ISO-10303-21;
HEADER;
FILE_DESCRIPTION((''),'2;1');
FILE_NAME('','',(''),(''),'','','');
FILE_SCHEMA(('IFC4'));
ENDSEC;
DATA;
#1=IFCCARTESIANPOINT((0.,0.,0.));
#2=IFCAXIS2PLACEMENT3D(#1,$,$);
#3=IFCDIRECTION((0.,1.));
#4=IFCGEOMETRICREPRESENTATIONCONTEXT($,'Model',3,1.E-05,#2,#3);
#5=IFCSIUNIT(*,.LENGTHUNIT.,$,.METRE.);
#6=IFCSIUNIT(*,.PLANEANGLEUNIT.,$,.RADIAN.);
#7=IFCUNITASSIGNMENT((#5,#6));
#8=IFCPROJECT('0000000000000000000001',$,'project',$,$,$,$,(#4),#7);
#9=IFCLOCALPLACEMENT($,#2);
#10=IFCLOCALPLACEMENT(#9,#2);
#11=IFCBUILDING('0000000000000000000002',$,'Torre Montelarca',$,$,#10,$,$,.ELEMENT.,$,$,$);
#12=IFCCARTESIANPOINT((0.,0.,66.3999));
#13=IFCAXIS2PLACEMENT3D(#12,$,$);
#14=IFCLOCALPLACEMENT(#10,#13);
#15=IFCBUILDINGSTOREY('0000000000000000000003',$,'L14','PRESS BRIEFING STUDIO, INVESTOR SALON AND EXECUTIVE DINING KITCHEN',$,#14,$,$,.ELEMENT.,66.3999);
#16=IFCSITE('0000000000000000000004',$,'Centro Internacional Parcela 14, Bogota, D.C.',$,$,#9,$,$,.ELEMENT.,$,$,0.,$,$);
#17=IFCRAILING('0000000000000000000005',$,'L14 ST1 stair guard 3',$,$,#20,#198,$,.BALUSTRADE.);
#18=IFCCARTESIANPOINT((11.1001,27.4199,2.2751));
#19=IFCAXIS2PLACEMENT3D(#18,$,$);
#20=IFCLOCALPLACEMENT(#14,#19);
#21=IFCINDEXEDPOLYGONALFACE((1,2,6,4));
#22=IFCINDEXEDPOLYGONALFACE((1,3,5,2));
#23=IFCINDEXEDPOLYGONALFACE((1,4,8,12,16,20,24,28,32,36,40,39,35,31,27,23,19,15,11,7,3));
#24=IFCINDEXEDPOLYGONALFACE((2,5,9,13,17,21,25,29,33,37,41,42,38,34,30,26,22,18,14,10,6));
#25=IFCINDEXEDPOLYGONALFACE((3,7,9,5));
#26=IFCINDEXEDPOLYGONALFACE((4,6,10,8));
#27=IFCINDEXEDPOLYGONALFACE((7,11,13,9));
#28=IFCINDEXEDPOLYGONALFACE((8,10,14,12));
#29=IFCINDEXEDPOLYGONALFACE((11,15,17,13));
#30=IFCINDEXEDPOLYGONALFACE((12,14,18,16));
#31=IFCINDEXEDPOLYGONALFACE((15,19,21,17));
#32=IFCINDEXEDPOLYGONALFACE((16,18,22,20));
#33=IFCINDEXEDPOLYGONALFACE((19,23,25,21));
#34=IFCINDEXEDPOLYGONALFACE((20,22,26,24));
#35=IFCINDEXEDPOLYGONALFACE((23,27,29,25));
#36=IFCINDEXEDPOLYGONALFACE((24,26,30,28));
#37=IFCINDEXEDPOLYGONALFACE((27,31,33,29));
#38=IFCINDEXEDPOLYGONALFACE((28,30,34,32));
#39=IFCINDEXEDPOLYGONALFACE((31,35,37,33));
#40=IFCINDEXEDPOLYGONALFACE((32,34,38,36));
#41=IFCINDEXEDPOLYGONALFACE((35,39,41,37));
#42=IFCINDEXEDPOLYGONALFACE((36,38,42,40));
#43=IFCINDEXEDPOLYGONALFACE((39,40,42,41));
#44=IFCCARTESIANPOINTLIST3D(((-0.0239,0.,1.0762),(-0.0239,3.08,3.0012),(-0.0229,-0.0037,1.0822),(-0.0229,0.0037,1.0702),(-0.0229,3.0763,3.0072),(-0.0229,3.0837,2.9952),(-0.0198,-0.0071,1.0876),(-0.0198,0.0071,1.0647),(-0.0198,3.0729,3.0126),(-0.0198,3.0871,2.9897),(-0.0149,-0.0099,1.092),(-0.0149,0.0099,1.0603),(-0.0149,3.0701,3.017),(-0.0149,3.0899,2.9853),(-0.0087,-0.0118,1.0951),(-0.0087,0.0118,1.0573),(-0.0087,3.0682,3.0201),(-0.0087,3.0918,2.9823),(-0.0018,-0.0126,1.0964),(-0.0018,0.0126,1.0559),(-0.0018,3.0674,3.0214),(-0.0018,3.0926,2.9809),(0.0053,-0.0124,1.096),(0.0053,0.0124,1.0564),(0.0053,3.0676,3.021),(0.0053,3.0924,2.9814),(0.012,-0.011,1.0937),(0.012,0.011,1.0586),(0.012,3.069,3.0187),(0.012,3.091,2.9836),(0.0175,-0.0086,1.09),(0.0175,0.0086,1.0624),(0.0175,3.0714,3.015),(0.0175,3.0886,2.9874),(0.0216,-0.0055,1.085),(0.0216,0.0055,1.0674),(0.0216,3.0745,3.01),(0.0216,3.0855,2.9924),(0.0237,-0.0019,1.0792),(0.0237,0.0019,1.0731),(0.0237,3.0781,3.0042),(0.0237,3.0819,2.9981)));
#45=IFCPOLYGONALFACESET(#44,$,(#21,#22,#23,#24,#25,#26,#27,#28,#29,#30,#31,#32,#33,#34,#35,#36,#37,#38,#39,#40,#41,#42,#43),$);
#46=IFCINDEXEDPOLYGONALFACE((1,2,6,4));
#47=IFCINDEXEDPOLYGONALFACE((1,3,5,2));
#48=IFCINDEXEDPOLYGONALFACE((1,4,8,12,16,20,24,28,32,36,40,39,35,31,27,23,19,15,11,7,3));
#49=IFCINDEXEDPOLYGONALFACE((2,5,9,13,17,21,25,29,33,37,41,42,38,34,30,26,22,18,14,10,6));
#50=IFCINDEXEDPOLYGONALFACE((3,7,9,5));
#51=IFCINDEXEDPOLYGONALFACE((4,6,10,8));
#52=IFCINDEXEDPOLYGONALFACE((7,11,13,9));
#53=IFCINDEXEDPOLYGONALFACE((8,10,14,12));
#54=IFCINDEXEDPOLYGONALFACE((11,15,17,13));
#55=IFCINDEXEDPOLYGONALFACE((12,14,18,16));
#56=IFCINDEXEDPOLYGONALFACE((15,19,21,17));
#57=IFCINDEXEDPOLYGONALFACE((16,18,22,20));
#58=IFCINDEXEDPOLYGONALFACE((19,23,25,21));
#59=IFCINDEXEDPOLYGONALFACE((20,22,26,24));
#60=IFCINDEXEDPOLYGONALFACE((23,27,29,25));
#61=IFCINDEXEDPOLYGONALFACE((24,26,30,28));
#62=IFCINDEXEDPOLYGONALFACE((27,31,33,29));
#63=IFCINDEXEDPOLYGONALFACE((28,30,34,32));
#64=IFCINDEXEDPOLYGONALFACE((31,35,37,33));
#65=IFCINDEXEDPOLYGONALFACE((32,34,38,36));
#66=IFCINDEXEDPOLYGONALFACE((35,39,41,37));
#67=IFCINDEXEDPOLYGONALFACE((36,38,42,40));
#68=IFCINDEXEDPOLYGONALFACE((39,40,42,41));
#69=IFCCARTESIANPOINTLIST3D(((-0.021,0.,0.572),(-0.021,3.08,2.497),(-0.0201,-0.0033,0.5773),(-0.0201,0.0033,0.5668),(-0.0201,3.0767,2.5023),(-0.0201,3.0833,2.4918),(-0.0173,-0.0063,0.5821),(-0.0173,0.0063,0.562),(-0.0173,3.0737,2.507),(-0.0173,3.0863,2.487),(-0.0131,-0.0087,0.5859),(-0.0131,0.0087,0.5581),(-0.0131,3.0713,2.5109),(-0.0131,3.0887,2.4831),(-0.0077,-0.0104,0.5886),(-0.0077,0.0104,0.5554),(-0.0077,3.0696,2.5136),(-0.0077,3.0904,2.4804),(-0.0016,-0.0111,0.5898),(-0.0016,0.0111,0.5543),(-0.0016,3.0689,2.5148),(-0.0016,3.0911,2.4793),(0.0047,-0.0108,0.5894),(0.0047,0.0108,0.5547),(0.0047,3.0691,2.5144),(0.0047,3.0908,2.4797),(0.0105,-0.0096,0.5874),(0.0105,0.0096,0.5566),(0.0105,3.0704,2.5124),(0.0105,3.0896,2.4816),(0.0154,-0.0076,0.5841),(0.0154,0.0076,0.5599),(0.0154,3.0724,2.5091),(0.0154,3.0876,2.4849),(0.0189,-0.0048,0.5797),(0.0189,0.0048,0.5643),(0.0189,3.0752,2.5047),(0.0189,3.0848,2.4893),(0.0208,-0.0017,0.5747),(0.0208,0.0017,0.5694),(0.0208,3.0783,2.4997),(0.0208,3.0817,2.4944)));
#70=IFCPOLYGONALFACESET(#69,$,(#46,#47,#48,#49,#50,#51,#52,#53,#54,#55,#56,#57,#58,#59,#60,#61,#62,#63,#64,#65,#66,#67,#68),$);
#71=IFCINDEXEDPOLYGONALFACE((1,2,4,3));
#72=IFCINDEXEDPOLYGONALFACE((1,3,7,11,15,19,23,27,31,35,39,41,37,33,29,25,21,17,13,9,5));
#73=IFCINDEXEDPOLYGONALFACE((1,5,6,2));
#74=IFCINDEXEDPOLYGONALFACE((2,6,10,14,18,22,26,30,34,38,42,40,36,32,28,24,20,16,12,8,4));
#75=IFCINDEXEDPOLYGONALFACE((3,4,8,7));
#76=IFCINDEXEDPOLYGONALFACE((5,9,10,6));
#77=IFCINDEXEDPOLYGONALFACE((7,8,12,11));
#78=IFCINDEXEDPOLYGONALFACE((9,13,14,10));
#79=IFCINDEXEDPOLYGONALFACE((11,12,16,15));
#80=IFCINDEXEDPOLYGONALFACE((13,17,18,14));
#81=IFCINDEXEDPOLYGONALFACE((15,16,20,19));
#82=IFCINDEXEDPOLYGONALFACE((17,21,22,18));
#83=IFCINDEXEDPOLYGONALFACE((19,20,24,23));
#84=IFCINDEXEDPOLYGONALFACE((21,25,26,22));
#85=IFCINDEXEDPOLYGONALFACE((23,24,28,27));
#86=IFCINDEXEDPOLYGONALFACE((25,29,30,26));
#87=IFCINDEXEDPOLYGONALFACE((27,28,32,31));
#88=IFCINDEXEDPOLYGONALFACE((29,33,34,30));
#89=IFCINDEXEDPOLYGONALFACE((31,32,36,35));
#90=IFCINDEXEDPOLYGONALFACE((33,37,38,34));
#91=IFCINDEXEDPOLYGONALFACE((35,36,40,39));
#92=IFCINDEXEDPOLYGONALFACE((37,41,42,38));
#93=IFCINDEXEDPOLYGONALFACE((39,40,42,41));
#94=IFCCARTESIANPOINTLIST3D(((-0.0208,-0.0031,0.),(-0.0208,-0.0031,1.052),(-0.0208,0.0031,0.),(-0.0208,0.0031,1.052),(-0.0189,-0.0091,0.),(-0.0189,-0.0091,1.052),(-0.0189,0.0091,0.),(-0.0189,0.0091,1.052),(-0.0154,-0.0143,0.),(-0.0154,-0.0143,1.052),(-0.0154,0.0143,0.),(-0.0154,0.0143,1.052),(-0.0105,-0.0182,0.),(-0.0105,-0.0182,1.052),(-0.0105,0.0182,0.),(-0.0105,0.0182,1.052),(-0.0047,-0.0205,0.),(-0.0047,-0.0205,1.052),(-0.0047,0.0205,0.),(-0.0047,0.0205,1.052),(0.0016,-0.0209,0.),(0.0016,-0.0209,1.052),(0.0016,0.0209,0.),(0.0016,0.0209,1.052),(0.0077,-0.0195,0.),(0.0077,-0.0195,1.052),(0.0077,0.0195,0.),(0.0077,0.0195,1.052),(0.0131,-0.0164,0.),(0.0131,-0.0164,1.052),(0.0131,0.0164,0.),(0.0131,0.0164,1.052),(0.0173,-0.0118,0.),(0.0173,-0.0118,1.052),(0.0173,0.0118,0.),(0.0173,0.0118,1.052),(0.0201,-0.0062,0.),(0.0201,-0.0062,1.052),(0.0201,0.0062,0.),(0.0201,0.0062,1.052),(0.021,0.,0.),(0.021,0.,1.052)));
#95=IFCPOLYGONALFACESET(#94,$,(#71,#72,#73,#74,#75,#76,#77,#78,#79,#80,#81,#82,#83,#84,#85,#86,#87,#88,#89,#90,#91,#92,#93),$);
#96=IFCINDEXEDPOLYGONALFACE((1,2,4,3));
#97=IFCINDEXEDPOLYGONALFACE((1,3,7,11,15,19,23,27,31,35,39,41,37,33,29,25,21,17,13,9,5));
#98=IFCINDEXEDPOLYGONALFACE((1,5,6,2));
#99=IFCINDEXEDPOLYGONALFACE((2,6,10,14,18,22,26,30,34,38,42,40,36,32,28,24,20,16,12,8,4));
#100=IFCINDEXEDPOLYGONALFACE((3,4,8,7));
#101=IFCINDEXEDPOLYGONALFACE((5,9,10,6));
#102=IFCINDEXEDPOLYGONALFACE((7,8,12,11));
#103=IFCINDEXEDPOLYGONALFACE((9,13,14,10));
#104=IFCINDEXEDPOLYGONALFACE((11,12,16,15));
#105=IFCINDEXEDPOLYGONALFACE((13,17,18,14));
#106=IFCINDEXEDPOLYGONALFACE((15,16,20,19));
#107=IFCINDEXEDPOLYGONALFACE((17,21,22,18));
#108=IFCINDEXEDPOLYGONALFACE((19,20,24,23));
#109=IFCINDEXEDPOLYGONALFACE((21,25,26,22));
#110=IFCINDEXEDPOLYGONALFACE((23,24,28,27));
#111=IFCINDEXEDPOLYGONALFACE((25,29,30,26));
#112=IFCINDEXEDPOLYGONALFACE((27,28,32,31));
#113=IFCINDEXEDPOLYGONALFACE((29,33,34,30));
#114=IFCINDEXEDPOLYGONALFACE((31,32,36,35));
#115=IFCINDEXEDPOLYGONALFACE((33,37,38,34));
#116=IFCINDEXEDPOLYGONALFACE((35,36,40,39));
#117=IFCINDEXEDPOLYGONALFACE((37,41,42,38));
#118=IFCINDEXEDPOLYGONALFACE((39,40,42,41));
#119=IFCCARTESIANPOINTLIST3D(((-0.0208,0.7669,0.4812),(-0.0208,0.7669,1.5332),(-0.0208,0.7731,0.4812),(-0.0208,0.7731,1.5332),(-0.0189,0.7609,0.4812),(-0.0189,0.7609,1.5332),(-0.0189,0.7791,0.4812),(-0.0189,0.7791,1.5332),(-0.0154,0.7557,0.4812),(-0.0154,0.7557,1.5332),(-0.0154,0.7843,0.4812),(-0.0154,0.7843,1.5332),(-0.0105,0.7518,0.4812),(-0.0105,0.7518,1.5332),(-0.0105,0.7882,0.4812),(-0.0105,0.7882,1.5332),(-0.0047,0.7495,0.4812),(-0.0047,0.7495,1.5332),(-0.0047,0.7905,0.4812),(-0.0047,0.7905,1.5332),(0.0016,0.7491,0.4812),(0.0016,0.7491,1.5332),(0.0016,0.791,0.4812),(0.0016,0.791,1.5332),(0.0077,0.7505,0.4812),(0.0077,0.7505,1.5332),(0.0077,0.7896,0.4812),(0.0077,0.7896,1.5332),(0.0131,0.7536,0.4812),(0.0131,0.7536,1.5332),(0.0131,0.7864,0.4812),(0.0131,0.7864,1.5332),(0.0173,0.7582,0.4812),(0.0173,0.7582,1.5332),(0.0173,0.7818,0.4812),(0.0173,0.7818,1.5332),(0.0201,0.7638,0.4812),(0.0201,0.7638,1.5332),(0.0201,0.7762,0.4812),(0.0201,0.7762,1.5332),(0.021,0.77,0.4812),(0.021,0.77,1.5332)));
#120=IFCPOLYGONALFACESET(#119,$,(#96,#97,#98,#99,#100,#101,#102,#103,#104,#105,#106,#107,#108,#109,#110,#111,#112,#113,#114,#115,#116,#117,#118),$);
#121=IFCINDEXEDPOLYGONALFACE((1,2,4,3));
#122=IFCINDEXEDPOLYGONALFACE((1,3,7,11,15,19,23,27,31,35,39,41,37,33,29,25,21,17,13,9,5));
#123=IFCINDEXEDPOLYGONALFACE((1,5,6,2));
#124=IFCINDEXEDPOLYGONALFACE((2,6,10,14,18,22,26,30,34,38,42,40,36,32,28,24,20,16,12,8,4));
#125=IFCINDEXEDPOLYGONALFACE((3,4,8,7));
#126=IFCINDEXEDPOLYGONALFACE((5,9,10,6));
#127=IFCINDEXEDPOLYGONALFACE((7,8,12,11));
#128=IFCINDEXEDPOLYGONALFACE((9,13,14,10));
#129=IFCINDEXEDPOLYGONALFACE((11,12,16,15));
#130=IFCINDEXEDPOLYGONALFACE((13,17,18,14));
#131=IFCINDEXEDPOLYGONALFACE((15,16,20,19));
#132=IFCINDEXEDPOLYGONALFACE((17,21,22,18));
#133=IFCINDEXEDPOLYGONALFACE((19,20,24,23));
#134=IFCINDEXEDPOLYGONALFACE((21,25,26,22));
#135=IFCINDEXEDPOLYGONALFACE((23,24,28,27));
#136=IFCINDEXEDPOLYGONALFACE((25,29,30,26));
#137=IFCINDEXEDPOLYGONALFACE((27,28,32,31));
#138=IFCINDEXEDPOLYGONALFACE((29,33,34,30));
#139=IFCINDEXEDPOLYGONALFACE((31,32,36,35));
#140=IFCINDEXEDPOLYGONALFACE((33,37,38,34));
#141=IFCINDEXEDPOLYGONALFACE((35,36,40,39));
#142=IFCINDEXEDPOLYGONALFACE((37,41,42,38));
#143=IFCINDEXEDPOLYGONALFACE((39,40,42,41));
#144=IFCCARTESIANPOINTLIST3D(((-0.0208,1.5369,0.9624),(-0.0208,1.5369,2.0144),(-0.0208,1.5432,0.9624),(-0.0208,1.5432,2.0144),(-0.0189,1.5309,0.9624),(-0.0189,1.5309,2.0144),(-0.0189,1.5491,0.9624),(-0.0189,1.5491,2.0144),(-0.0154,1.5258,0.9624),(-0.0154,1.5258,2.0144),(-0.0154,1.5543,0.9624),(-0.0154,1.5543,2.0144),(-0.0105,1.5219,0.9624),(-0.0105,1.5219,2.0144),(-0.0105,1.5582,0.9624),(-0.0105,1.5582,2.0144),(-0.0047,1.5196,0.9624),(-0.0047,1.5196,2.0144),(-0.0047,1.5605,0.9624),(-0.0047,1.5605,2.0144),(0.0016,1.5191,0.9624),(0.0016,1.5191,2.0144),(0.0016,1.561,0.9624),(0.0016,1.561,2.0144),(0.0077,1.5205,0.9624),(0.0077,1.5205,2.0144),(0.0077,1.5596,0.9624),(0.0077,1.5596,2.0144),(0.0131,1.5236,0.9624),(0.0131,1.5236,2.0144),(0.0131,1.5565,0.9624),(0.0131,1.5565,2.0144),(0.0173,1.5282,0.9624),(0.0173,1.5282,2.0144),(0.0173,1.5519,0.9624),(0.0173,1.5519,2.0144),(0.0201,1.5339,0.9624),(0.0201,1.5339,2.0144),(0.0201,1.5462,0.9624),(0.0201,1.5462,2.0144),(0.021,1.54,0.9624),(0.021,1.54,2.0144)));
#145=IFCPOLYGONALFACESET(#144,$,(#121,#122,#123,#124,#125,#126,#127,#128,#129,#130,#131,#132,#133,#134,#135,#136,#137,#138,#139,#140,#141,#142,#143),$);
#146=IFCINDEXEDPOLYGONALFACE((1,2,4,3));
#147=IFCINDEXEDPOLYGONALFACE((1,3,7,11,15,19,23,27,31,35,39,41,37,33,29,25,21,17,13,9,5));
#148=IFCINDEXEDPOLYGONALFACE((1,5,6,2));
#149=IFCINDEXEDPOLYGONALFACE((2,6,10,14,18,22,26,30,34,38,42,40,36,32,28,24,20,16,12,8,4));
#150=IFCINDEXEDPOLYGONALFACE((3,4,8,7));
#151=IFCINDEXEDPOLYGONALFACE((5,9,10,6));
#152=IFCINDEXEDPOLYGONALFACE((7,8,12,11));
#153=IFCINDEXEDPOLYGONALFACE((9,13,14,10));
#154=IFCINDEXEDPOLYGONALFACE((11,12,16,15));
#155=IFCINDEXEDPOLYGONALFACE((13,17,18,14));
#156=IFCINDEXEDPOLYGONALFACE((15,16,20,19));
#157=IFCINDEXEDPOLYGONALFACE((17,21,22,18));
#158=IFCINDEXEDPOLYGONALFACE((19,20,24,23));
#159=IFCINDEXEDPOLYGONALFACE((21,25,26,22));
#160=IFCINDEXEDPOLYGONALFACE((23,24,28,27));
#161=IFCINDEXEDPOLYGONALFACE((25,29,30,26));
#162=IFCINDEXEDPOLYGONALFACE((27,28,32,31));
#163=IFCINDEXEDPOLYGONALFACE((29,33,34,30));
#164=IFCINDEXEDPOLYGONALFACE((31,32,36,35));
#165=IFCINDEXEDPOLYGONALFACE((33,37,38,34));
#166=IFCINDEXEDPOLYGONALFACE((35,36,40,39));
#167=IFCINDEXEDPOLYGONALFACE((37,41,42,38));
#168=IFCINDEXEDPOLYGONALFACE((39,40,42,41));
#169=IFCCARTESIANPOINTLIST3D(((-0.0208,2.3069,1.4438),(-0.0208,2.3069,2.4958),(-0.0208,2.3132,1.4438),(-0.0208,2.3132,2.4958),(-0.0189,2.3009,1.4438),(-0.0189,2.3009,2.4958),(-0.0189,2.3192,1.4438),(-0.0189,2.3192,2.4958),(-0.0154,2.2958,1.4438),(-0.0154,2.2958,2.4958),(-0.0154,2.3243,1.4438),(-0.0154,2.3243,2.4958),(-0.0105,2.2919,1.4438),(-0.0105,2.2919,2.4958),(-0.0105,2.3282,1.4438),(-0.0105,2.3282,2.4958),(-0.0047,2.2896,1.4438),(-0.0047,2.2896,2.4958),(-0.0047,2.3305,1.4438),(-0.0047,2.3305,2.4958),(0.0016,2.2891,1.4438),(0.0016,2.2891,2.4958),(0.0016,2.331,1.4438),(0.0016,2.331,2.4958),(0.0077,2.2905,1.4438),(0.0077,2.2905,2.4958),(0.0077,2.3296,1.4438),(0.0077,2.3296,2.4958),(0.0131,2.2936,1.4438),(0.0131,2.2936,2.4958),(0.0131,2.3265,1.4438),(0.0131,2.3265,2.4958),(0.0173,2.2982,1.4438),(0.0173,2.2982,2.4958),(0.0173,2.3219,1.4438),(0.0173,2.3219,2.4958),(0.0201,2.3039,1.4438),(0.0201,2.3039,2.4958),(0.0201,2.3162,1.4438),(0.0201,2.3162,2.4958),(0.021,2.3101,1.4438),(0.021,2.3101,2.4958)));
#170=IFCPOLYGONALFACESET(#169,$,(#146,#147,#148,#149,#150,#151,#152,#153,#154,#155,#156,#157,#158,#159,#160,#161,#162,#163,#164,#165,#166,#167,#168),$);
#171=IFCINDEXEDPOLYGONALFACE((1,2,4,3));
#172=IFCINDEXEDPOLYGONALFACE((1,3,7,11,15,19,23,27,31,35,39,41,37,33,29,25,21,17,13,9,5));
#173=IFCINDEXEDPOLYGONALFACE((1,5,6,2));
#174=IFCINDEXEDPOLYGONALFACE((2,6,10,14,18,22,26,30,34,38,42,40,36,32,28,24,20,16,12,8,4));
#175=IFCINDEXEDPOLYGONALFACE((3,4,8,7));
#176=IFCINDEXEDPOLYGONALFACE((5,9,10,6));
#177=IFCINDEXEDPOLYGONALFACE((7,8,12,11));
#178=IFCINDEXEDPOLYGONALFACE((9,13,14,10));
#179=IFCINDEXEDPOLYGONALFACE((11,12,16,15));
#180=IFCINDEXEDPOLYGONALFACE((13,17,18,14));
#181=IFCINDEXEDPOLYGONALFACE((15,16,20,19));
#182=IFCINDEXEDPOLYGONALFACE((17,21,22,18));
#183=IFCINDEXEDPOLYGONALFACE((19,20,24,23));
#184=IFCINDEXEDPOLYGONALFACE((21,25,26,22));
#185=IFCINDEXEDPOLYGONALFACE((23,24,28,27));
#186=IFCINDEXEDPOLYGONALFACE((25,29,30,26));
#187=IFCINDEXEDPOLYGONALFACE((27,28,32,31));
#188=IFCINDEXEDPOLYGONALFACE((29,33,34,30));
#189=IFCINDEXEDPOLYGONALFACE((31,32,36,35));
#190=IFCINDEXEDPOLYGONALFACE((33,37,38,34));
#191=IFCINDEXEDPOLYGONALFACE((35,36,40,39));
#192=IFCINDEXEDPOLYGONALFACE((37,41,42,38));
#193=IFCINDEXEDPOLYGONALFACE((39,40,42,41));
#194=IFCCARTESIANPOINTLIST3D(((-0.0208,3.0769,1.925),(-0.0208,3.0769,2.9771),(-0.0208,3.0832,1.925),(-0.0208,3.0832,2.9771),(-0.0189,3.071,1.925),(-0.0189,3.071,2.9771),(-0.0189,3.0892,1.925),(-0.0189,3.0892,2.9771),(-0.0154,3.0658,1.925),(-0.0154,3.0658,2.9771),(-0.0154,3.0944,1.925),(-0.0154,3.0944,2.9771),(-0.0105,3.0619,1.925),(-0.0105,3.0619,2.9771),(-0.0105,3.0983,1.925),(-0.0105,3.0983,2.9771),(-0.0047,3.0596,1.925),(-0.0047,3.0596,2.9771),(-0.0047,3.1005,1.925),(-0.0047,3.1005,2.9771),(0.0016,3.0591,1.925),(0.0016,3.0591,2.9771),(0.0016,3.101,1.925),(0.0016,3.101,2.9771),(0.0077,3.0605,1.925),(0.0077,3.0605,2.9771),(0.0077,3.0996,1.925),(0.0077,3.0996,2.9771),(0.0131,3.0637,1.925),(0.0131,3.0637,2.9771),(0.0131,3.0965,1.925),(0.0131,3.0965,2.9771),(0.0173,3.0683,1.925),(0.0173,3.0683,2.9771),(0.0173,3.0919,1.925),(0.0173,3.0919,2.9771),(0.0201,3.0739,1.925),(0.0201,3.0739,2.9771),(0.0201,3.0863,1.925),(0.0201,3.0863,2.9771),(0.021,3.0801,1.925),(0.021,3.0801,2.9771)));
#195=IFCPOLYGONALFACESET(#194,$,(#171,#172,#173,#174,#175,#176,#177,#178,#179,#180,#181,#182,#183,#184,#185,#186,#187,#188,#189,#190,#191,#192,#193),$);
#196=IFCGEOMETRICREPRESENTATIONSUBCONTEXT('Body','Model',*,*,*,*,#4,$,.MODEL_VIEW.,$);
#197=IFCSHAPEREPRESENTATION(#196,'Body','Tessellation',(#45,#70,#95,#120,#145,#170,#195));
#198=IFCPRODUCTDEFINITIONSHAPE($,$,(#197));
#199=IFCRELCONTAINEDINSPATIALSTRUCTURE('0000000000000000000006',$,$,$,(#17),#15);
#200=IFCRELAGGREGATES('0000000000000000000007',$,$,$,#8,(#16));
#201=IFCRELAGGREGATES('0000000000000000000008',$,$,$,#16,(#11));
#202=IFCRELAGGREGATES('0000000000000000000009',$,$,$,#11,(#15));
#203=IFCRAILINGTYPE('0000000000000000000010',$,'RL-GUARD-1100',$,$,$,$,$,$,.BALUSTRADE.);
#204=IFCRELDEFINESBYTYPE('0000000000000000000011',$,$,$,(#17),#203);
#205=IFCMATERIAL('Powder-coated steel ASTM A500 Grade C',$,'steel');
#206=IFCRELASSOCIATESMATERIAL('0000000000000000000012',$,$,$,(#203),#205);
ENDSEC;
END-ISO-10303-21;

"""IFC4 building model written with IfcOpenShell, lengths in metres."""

from ifc_helpers import new_model, si_unit, direction, frame, origin, origin_2d, place, context, subcontext, project, spatial, circle, extrude, material, type_object, element, save


model = new_model("IFC4")

# Units and contexts
model_context = context("Model", 3, precision=1e-05, world=origin(), true_north=direction((0.0, 1.0)))
body_context = subcontext(model_context, "Body", "Model", "MODEL_VIEW")
ifc_project = project(units=[si_unit("LENGTHUNIT", "METRE"), si_unit("PLANEANGLEUNIT", "RADIAN")], contexts=[model_context])

# Site, building, storey
site_placement = place(None, origin())
site = spatial("IfcSite", under=ifc_project, at=site_placement, Name="Centro Internacional Parcela 14, Bogota, D.C.", CompositionType="ELEMENT", RefElevation=0.0)
building_placement = place(site_placement, origin())
building = spatial("IfcBuilding", under=site, at=building_placement, Name="Torre Montelarca", CompositionType="ELEMENT")
storey_placement = place(building_placement, frame((0.0, 0.0, 66.3999)))
storey = spatial("IfcBuildingStorey", under=building, at=storey_placement, Name="L14", Description="PRESS BRIEFING STUDIO, INVESTOR SALON AND EXECUTIVE DINING KITCHEN", CompositionType="ELEMENT", Elevation=66.3999)

# Railing
ifc_material_1 = material(Name="Powder-coated steel ASTM A500 Grade C", Category="steel")
railing_type_1 = type_object("IfcRailingType", Name="RL-GUARD-1100", PredefinedType="BALUSTRADE", material=ifc_material_1)
railing_1_placement = place(storey_placement, frame((11.1001, 27.4199, 2.2751)))
element("IfcRailing", 1, at=railing_1_placement, inside=storey, type_object=railing_type_1, Name="L14 ST1 stair guard 3", PredefinedType="BALUSTRADE", context=body_context, shape_type="SweptSolid", body=[
    extrude(circle(Radius=0.0239, at=origin_2d()), frame((0.0, 0.0, 1.0762), z_axis=(0.0, 0.847998, 0.529999), x_axis=(-1.0, 0.0, 0.0)), (0.0, 0.0, 1.0), 3.6321),
    extrude(circle(Radius=0.021, at=origin_2d()), frame((0.0, 0.0, 0.572), z_axis=(0.0, 0.847998, 0.529999), x_axis=(-1.0, 0.0, 0.0)), (0.0, 0.0, 1.0), 3.6321),
    extrude(circle(Radius=0.021, at=origin_2d()), origin(), (0.0, 0.0, 1.0), 1.052),
    extrude(circle(Radius=0.021, at=origin_2d()), frame((0.0, 0.77, 0.4812)), (0.0, 0.0, 1.0), 1.052),
    extrude(circle(Radius=0.021, at=origin_2d()), frame((0.0, 1.54, 0.9624)), (0.0, 0.0, 1.0), 1.052),
    extrude(circle(Radius=0.021, at=origin_2d()), frame((0.0, 2.3101, 1.4438)), (0.0, 0.0, 1.0), 1.052),
    extrude(circle(Radius=0.021, at=origin_2d()), frame((0.0, 3.0801, 1.925)), (0.0, 0.0, 1.0), 1.052),
])

save(model, "model.ifc")
